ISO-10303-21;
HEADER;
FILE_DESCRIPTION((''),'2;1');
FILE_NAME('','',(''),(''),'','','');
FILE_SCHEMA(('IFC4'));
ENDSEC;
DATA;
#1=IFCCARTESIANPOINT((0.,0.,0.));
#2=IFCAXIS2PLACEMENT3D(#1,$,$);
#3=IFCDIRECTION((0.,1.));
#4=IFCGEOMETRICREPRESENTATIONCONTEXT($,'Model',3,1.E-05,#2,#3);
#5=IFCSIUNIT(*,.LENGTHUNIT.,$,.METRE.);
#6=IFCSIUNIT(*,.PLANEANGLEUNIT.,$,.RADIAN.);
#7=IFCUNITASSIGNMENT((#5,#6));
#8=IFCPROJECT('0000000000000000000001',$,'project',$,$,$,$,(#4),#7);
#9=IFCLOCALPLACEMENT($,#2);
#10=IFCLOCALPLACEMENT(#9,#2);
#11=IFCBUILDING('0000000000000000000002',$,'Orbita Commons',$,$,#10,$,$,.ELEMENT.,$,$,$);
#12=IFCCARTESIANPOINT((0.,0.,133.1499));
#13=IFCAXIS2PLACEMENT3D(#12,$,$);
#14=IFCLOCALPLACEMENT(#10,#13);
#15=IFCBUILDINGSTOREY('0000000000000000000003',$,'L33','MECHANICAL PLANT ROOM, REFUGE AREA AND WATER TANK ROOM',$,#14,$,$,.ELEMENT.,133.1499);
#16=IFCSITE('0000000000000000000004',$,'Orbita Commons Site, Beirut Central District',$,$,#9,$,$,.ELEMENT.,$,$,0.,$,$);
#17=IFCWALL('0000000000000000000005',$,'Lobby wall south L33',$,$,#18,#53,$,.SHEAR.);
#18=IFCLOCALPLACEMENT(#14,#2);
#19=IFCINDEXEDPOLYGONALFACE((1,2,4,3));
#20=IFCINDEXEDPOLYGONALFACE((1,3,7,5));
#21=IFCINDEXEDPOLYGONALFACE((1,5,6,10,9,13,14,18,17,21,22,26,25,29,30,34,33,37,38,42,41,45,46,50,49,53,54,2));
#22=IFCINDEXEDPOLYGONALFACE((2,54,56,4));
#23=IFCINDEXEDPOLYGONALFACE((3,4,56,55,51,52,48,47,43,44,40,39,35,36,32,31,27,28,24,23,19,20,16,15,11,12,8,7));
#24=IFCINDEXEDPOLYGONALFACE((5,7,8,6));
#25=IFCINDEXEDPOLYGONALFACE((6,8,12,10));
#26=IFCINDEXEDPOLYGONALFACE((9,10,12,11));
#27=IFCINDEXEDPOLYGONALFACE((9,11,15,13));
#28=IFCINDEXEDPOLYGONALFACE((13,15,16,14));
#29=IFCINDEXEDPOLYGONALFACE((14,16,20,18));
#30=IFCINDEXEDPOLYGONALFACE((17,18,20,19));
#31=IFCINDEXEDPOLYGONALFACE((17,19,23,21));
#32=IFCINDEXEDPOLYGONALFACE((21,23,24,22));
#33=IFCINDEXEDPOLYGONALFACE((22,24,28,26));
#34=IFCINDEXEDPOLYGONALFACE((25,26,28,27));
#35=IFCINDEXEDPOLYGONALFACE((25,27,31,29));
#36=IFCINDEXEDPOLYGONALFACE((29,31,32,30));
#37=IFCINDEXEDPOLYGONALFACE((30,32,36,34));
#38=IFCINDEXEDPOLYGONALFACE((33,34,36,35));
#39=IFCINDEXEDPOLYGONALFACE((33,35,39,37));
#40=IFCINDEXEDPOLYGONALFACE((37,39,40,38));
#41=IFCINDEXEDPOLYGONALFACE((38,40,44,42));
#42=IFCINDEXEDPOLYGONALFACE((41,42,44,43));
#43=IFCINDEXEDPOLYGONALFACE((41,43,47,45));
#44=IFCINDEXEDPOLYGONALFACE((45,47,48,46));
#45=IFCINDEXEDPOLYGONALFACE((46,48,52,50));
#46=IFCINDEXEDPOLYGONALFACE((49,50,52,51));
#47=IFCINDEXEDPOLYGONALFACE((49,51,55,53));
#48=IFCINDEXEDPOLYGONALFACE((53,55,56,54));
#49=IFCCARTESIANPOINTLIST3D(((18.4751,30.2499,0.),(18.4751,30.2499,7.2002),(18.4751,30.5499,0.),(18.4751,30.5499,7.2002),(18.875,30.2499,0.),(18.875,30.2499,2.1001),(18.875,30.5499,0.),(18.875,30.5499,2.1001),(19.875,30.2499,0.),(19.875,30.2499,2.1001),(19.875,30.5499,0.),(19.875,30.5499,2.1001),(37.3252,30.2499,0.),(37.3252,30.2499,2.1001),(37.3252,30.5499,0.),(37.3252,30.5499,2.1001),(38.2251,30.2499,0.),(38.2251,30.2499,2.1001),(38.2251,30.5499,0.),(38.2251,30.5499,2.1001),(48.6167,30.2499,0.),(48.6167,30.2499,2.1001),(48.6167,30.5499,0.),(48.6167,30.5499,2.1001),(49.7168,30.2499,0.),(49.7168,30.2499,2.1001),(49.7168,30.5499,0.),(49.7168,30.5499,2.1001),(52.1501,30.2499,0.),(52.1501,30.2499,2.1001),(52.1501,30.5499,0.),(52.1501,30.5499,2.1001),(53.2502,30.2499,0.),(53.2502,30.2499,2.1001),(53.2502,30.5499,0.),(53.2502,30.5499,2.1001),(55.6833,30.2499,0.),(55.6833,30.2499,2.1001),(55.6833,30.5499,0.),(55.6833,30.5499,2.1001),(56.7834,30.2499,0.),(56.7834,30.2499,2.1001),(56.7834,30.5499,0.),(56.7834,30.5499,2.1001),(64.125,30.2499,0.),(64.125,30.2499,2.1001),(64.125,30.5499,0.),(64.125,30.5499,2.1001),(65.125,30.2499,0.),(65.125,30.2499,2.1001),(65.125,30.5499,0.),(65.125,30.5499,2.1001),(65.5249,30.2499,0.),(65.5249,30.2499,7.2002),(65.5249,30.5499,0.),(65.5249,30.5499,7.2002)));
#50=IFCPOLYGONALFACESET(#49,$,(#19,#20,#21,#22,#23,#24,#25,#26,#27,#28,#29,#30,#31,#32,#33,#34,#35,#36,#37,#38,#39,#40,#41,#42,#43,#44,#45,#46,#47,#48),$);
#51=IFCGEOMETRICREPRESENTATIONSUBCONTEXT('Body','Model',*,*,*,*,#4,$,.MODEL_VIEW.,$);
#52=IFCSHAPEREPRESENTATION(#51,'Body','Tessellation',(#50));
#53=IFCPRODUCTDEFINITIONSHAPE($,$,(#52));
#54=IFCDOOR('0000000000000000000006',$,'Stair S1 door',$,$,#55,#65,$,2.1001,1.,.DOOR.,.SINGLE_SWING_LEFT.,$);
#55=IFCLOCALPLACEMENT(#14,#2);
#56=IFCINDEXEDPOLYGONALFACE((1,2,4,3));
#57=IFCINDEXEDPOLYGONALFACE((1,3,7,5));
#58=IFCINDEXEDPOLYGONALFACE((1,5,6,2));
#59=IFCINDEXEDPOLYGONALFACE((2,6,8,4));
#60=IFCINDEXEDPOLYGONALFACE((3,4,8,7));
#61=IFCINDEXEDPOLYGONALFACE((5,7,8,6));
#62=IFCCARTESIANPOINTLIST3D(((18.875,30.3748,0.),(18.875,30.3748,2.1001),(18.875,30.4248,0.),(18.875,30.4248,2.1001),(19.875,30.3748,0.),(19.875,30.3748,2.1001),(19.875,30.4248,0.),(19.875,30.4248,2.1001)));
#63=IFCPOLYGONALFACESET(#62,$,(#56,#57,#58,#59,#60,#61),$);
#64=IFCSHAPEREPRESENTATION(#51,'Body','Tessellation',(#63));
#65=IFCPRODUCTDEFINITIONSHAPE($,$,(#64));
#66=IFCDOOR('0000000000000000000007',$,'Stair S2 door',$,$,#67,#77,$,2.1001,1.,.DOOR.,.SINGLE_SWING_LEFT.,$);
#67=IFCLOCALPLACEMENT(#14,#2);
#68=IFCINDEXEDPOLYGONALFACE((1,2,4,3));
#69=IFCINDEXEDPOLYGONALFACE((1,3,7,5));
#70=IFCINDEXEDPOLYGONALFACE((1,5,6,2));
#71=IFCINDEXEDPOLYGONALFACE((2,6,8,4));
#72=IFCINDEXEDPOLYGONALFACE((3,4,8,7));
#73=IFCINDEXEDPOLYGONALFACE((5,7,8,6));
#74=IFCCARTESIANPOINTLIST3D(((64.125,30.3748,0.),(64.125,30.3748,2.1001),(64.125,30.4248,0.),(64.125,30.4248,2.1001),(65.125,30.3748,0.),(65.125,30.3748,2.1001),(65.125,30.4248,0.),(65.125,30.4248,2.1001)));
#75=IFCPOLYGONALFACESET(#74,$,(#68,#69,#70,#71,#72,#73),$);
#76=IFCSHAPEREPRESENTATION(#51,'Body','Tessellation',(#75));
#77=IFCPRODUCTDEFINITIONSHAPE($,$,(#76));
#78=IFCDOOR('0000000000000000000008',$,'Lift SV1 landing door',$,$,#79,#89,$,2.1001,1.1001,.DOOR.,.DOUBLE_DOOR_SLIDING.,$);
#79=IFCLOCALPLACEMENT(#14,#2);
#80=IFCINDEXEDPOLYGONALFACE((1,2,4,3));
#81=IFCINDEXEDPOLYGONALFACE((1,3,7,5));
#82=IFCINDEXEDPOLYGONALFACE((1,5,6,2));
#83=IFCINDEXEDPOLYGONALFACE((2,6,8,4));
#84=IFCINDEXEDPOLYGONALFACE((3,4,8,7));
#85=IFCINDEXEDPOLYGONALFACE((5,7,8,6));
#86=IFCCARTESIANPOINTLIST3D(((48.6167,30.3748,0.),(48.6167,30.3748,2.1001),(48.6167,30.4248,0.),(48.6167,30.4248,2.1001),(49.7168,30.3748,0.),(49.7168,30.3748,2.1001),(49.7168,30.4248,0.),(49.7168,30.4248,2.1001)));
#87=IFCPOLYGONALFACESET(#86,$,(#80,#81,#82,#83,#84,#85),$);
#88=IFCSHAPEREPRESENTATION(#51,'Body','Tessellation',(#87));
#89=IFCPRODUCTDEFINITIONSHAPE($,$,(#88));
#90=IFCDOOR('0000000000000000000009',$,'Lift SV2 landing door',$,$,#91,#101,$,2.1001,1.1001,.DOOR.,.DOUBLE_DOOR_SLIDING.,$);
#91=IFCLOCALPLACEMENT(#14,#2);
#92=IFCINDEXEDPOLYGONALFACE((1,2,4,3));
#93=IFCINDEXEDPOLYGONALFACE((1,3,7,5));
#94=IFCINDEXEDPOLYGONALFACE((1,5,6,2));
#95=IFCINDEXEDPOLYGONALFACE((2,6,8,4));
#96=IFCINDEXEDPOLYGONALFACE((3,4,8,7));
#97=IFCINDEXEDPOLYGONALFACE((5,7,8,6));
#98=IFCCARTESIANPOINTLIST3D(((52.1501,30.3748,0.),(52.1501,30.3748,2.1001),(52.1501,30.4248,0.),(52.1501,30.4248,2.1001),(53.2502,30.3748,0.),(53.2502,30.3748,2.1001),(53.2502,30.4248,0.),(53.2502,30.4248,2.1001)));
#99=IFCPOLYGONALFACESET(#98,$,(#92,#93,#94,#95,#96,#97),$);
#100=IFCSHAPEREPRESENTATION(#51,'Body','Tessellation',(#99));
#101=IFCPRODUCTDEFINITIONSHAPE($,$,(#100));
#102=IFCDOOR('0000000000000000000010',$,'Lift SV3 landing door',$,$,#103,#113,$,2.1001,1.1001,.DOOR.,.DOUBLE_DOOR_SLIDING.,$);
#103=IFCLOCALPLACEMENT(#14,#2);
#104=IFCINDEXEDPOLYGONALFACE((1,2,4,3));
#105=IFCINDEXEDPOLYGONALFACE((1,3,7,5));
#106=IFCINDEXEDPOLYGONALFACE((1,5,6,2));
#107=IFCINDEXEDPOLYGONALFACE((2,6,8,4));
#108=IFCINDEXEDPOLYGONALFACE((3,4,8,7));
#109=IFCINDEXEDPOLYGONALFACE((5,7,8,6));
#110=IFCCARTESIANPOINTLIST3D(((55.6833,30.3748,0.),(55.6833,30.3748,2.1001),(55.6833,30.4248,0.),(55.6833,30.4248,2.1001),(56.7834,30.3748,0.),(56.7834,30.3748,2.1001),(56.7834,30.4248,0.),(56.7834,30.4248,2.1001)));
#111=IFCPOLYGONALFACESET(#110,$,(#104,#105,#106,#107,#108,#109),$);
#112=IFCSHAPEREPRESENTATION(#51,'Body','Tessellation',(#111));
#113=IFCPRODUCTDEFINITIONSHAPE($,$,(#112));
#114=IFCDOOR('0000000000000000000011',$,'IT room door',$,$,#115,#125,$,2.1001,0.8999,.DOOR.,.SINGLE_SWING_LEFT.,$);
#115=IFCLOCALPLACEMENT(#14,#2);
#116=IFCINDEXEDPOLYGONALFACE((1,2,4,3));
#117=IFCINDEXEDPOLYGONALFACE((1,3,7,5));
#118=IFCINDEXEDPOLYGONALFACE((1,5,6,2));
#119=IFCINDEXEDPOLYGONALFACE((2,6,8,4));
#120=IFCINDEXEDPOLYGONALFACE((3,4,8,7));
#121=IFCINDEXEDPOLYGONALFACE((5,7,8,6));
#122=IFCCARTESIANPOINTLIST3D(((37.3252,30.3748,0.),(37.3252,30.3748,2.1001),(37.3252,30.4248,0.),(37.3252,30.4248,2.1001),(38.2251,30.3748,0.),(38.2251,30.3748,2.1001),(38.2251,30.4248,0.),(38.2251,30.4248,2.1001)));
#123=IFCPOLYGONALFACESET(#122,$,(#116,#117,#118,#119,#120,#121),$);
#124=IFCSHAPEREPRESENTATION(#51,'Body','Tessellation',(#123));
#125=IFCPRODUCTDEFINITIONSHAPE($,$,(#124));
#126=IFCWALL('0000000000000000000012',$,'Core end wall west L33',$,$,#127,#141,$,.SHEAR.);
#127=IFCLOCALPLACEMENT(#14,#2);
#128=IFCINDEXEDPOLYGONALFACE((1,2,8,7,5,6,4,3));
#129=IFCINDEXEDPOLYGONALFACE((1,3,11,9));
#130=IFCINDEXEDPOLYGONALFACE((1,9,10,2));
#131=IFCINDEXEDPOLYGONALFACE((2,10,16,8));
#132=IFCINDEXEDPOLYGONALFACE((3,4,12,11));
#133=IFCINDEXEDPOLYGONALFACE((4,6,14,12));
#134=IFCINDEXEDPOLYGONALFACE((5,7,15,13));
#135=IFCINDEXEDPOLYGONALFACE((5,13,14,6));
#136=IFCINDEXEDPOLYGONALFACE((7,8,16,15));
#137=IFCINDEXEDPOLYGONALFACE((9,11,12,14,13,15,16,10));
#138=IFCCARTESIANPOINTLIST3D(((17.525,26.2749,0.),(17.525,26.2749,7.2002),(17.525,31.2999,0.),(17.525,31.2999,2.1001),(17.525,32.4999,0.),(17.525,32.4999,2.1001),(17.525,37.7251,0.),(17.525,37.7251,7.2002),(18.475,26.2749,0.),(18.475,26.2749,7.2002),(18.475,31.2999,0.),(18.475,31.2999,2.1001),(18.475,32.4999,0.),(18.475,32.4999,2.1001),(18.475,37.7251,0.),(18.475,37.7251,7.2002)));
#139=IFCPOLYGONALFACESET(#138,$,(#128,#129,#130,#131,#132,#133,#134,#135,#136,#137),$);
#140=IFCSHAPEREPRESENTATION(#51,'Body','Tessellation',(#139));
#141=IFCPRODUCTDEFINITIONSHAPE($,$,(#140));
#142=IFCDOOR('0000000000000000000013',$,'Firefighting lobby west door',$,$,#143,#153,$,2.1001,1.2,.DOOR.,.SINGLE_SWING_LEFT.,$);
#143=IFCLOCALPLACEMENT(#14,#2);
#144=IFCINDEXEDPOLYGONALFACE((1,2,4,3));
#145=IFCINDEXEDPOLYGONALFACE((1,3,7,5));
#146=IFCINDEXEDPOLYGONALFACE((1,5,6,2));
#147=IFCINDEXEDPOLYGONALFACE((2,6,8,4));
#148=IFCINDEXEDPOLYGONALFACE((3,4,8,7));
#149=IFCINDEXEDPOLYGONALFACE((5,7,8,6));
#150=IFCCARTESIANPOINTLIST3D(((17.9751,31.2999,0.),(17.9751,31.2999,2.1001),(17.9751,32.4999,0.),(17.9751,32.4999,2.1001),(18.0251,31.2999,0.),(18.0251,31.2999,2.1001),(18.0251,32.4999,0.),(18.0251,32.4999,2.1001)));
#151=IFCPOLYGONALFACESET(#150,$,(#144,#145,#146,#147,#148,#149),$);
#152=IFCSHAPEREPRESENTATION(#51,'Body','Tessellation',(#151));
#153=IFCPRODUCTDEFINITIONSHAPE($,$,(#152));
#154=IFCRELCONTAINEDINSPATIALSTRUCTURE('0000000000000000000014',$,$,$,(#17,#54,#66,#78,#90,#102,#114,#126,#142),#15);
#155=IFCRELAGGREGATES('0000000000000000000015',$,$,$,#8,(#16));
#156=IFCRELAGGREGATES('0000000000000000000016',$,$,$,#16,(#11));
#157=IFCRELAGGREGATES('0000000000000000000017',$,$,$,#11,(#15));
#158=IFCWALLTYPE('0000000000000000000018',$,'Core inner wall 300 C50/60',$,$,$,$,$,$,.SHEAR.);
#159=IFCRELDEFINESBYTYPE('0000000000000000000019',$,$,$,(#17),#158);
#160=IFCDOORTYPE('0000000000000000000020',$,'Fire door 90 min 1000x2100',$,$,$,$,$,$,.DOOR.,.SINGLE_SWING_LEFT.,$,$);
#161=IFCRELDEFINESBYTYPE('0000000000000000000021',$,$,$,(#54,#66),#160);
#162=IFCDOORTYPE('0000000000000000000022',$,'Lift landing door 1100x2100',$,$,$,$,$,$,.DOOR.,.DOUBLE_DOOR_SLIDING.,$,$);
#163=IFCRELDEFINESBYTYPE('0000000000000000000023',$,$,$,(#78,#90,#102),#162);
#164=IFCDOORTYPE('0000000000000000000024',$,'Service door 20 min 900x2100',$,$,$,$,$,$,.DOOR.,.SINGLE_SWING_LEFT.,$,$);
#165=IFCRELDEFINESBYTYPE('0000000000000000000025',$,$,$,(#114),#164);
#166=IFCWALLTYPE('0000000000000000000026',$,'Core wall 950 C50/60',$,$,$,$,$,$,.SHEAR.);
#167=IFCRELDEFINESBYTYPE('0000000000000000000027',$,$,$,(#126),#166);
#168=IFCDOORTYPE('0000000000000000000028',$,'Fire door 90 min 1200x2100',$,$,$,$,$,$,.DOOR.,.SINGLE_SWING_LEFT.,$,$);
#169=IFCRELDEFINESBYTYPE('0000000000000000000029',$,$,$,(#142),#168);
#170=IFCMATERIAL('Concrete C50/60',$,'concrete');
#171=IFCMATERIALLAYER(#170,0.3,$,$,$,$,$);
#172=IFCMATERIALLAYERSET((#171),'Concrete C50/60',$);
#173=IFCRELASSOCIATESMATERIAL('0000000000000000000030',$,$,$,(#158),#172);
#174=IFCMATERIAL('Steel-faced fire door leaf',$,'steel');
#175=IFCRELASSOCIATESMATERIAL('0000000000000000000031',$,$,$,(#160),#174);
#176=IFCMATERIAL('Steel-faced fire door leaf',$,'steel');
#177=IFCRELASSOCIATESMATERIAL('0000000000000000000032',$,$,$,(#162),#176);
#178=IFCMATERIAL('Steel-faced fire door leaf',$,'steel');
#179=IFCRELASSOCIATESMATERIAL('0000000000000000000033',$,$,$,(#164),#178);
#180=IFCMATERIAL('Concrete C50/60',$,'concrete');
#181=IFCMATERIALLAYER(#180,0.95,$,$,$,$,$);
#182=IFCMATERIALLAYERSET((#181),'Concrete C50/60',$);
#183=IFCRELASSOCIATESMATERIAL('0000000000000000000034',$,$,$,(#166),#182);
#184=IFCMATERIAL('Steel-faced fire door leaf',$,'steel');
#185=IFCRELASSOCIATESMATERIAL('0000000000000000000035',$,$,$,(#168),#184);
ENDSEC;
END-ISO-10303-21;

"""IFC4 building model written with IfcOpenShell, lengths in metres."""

from ifc_helpers import new_model, si_unit, direction, frame, frame_2d, origin, place, context, subcontext, project, spatial, rectangle, extrude, material, layer, layer_set, type_object, element, fill, save


model = new_model("IFC4")

# Units and contexts
model_context = context("Model", 3, precision=1e-05, world=origin(), true_north=direction((0.0, 1.0)))
body_context = subcontext(model_context, "Body", "Model", "MODEL_VIEW")
ifc_project = project(units=[si_unit("LENGTHUNIT", "METRE"), si_unit("PLANEANGLEUNIT", "RADIAN")], contexts=[model_context])

# Site, building, storey
site_placement = place(None, origin())
site = spatial("IfcSite", under=ifc_project, at=site_placement, Name="Orbita Commons Site, Beirut Central District", CompositionType="ELEMENT", RefElevation=0.0)
building_placement = place(site_placement, origin())
building = spatial("IfcBuilding", under=site, at=building_placement, Name="Orbita Commons", CompositionType="ELEMENT")
storey_placement = place(building_placement, frame((0.0, 0.0, 133.1499)))
storey = spatial("IfcBuildingStorey", under=building, at=storey_placement, Name="L33", Description="MECHANICAL PLANT ROOM, REFUGE AREA AND WATER TANK ROOM", CompositionType="ELEMENT", Elevation=133.1499)

# Wall, openings, doors
ifc_material_1 = material(Name="Concrete C50/60", Category="concrete")
ifc_layer_1 = layer(ifc_material_1, 0.3)
ifc_layer_set_1 = layer_set([ifc_layer_1], Name="Concrete C50/60")
wall_type_1 = type_object("IfcWallType", Name="Core inner wall 300 C50/60", PredefinedType="SHEAR", material=ifc_layer_set_1)
wall_1_placement = place(storey_placement, frame((18.4751, 30.3999, 0.0), z_axis=(0.0, 0.0, 1.0), x_axis=(1.0, 0.0, 0.0)))
wall_1 = element("IfcWall", 1, at=wall_1_placement, inside=storey, type_object=wall_type_1, Name="Lobby wall south L33", PredefinedType="SHEAR", context=body_context, shape_type="SweptSolid", body=[
    extrude(rectangle(XDim=47.0498, YDim=0.3, at=frame_2d((23.5249, 0.0))), origin(), (0.0, 0.0, 1.0), 7.2002),
])
opening_1_placement = place(wall_1_placement, frame((0.3999, 0.0, 0.0)))
opening_1 = element("IfcOpeningElement", 2, at=opening_1_placement, cuts=wall_1, PredefinedType="OPENING", context=body_context, shape_type="SweptSolid", body=[
    extrude(rectangle(XDim=1.0, YDim=2.1001, at=frame_2d((0.5, 1.05))), frame((0.0, 0.1599, 0.0), z_axis=(0.0, -1.0, 0.0), x_axis=(1.0, 0.0, 0.0)), (0.0, 0.0, 1.0), 0.3201),
])
opening_2_placement = place(wall_1_placement, frame((45.6499, 0.0, 0.0)))
opening_2 = element("IfcOpeningElement", 3, at=opening_2_placement, cuts=wall_1, PredefinedType="OPENING", context=body_context, shape_type="SweptSolid", body=[
    extrude(rectangle(XDim=1.0, YDim=2.1001, at=frame_2d((0.5, 1.05))), frame((0.0, 0.1599, 0.0), z_axis=(0.0, -1.0, 0.0), x_axis=(1.0, 0.0, 0.0)), (0.0, 0.0, 1.0), 0.3201),
])
opening_3_placement = place(wall_1_placement, frame((18.8501, 0.0, 0.0)))
opening_3 = element("IfcOpeningElement", 4, at=opening_3_placement, cuts=wall_1, PredefinedType="OPENING", context=body_context, shape_type="SweptSolid", body=[
    extrude(rectangle(XDim=0.8999, YDim=2.1001, at=frame_2d((0.45, 1.05))), frame((0.0, 0.1599, 0.0), z_axis=(0.0, -1.0, 0.0), x_axis=(1.0, 0.0, 0.0)), (0.0, 0.0, 1.0), 0.3201),
])
opening_4_placement = place(wall_1_placement, frame((30.1416, 0.0, 0.0)))
opening_4 = element("IfcOpeningElement", 5, at=opening_4_placement, cuts=wall_1, PredefinedType="OPENING", context=body_context, shape_type="SweptSolid", body=[
    extrude(rectangle(XDim=1.1001, YDim=2.1001, at=frame_2d((0.55, 1.05))), frame((0.0, 0.1599, 0.0), z_axis=(0.0, -1.0, 0.0), x_axis=(1.0, 0.0, 0.0)), (0.0, 0.0, 1.0), 0.3201),
])
opening_5_placement = place(wall_1_placement, frame((33.675, 0.0, 0.0)))
opening_5 = element("IfcOpeningElement", 6, at=opening_5_placement, cuts=wall_1, PredefinedType="OPENING", context=body_context, shape_type="SweptSolid", body=[
    extrude(rectangle(XDim=1.1001, YDim=2.1001, at=frame_2d((0.55, 1.05))), frame((0.0, 0.1599, 0.0), z_axis=(0.0, -1.0, 0.0), x_axis=(1.0, 0.0, 0.0)), (0.0, 0.0, 1.0), 0.3201),
])
opening_6_placement = place(wall_1_placement, frame((37.2083, 0.0, 0.0)))
opening_6 = element("IfcOpeningElement", 7, at=opening_6_placement, cuts=wall_1, PredefinedType="OPENING", context=body_context, shape_type="SweptSolid", body=[
    extrude(rectangle(XDim=1.1001, YDim=2.1001, at=frame_2d((0.55, 1.05))), frame((0.0, 0.1599, 0.0), z_axis=(0.0, -1.0, 0.0), x_axis=(1.0, 0.0, 0.0)), (0.0, 0.0, 1.0), 0.3201),
])
ifc_material_2 = material(Name="Steel-faced fire door leaf", Category="steel")
door_type_1 = type_object("IfcDoorType", Name="Fire door 90 min 1000x2100", OperationType="SINGLE_SWING_LEFT", PredefinedType="DOOR", material=ifc_material_2)
door_1_placement = place(opening_1_placement, origin())
door_1 = element("IfcDoor", 8, at=door_1_placement, inside=storey, type_object=door_type_1, Name="Stair S1 door", OperationType="SINGLE_SWING_LEFT", OverallHeight=2.1001, OverallWidth=1.0, PredefinedType="DOOR", context=body_context, shape_type="SweptSolid", body=[
    extrude(rectangle(XDim=1.0, YDim=2.1001, at=frame_2d((0.5, 1.05))), frame((0.0, 0.0249, 0.0), z_axis=(0.0, -1.0, 0.0), x_axis=(1.0, 0.0, 0.0)), (0.0, 0.0, 1.0), 0.05),
])
fill(opening_1, door_1)
door_2_placement = place(opening_2_placement, origin())
door_2 = element("IfcDoor", 9, at=door_2_placement, inside=storey, type_object=door_type_1, Name="Stair S2 door", OperationType="SINGLE_SWING_LEFT", OverallHeight=2.1001, OverallWidth=1.0, PredefinedType="DOOR", context=body_context, shape_type="SweptSolid", body=[
    extrude(rectangle(XDim=1.0, YDim=2.1001, at=frame_2d((0.5, 1.05))), frame((0.0, 0.0249, 0.0), z_axis=(0.0, -1.0, 0.0), x_axis=(1.0, 0.0, 0.0)), (0.0, 0.0, 1.0), 0.05),
])
fill(opening_2, door_2)
ifc_material_3 = material(Name="Steel-faced fire door leaf", Category="steel")
door_type_2 = type_object("IfcDoorType", Name="Lift landing door 1100x2100", OperationType="DOUBLE_DOOR_SLIDING", PredefinedType="DOOR", material=ifc_material_3)
door_3_placement = place(opening_4_placement, origin())
door_3 = element("IfcDoor", 10, at=door_3_placement, inside=storey, type_object=door_type_2, Name="Lift SV1 landing door", OperationType="DOUBLE_DOOR_SLIDING", OverallHeight=2.1001, OverallWidth=1.1001, PredefinedType="DOOR", context=body_context, shape_type="SweptSolid", body=[
    extrude(rectangle(XDim=1.1001, YDim=2.1001, at=frame_2d((0.55, 1.05))), frame((0.0, 0.0249, 0.0), z_axis=(0.0, -1.0, 0.0), x_axis=(1.0, 0.0, 0.0)), (0.0, 0.0, 1.0), 0.05),
])
fill(opening_4, door_3)
door_4_placement = place(opening_5_placement, origin())
door_4 = element("IfcDoor", 11, at=door_4_placement, inside=storey, type_object=door_type_2, Name="Lift SV2 landing door", OperationType="DOUBLE_DOOR_SLIDING", OverallHeight=2.1001, OverallWidth=1.1001, PredefinedType="DOOR", context=body_context, shape_type="SweptSolid", body=[
    extrude(rectangle(XDim=1.1001, YDim=2.1001, at=frame_2d((0.55, 1.05))), frame((0.0, 0.0249, 0.0), z_axis=(0.0, -1.0, 0.0), x_axis=(1.0, 0.0, 0.0)), (0.0, 0.0, 1.0), 0.05),
])
fill(opening_5, door_4)
door_5_placement = place(opening_6_placement, origin())
door_5 = element("IfcDoor", 12, at=door_5_placement, inside=storey, type_object=door_type_2, Name="Lift SV3 landing door", OperationType="DOUBLE_DOOR_SLIDING", OverallHeight=2.1001, OverallWidth=1.1001, PredefinedType="DOOR", context=body_context, shape_type="SweptSolid", body=[
    extrude(rectangle(XDim=1.1001, YDim=2.1001, at=frame_2d((0.55, 1.05))), frame((0.0, 0.0249, 0.0), z_axis=(0.0, -1.0, 0.0), x_axis=(1.0, 0.0, 0.0)), (0.0, 0.0, 1.0), 0.05),
])
fill(opening_6, door_5)
ifc_material_4 = material(Name="Steel-faced fire door leaf", Category="steel")
door_type_3 = type_object("IfcDoorType", Name="Service door 20 min 900x2100", OperationType="SINGLE_SWING_LEFT", PredefinedType="DOOR", material=ifc_material_4)
door_6_placement = place(opening_3_placement, origin())
door_6 = element("IfcDoor", 13, at=door_6_placement, inside=storey, type_object=door_type_3, Name="IT room door", OperationType="SINGLE_SWING_LEFT", OverallHeight=2.1001, OverallWidth=0.8999, PredefinedType="DOOR", context=body_context, shape_type="SweptSolid", body=[
    extrude(rectangle(XDim=0.8999, YDim=2.1001, at=frame_2d((0.45, 1.05))), frame((0.0, 0.0249, 0.0), z_axis=(0.0, -1.0, 0.0), x_axis=(1.0, 0.0, 0.0)), (0.0, 0.0, 1.0), 0.05),
])
fill(opening_3, door_6)

# Wall, opening, door
ifc_material_5 = material(Name="Concrete C50/60", Category="concrete")
ifc_layer_2 = layer(ifc_material_5, 0.95)
ifc_layer_set_2 = layer_set([ifc_layer_2], Name="Concrete C50/60")
wall_type_2 = type_object("IfcWallType", Name="Core wall 950 C50/60", PredefinedType="SHEAR", material=ifc_layer_set_2)
wall_2_placement = place(storey_placement, frame((18.0, 26.2749, 0.0), z_axis=(0.0, 0.0, 1.0), x_axis=(0.0, 1.0, 0.0)))
wall_2 = element("IfcWall", 14, at=wall_2_placement, inside=storey, type_object=wall_type_2, Name="Core end wall west L33", PredefinedType="SHEAR", context=body_context, shape_type="SweptSolid", body=[
    extrude(rectangle(XDim=11.4502, YDim=0.95, at=frame_2d((5.7251, 0.0))), origin(), (0.0, 0.0, 1.0), 7.2002),
])
opening_7_placement = place(wall_2_placement, frame((5.0249, 0.0, 0.0)))
opening_7 = element("IfcOpeningElement", 15, at=opening_7_placement, cuts=wall_2, PredefinedType="OPENING", context=body_context, shape_type="SweptSolid", body=[
    extrude(rectangle(XDim=1.2, YDim=2.1001, at=frame_2d((0.6001, 1.05))), frame((0.0, 0.4849, 0.0), z_axis=(0.0, -1.0, 0.0), x_axis=(1.0, 0.0, 0.0)), (0.0, 0.0, 1.0), 0.97),
])
ifc_material_6 = material(Name="Steel-faced fire door leaf", Category="steel")
door_type_4 = type_object("IfcDoorType", Name="Fire door 90 min 1200x2100", OperationType="SINGLE_SWING_LEFT", PredefinedType="DOOR", material=ifc_material_6)
door_7_placement = place(opening_7_placement, origin())
door_7 = element("IfcDoor", 16, at=door_7_placement, inside=storey, type_object=door_type_4, Name="Firefighting lobby west door", OperationType="SINGLE_SWING_LEFT", OverallHeight=2.1001, OverallWidth=1.2, PredefinedType="DOOR", context=body_context, shape_type="SweptSolid", body=[
    extrude(rectangle(XDim=1.2, YDim=2.1001, at=frame_2d((0.6001, 1.05))), frame((0.0, 0.0249, 0.0), z_axis=(0.0, -1.0, 0.0), x_axis=(1.0, 0.0, 0.0)), (0.0, 0.0, 1.0), 0.05),
])
fill(opening_7, door_7)

save(model, "model.ifc")
